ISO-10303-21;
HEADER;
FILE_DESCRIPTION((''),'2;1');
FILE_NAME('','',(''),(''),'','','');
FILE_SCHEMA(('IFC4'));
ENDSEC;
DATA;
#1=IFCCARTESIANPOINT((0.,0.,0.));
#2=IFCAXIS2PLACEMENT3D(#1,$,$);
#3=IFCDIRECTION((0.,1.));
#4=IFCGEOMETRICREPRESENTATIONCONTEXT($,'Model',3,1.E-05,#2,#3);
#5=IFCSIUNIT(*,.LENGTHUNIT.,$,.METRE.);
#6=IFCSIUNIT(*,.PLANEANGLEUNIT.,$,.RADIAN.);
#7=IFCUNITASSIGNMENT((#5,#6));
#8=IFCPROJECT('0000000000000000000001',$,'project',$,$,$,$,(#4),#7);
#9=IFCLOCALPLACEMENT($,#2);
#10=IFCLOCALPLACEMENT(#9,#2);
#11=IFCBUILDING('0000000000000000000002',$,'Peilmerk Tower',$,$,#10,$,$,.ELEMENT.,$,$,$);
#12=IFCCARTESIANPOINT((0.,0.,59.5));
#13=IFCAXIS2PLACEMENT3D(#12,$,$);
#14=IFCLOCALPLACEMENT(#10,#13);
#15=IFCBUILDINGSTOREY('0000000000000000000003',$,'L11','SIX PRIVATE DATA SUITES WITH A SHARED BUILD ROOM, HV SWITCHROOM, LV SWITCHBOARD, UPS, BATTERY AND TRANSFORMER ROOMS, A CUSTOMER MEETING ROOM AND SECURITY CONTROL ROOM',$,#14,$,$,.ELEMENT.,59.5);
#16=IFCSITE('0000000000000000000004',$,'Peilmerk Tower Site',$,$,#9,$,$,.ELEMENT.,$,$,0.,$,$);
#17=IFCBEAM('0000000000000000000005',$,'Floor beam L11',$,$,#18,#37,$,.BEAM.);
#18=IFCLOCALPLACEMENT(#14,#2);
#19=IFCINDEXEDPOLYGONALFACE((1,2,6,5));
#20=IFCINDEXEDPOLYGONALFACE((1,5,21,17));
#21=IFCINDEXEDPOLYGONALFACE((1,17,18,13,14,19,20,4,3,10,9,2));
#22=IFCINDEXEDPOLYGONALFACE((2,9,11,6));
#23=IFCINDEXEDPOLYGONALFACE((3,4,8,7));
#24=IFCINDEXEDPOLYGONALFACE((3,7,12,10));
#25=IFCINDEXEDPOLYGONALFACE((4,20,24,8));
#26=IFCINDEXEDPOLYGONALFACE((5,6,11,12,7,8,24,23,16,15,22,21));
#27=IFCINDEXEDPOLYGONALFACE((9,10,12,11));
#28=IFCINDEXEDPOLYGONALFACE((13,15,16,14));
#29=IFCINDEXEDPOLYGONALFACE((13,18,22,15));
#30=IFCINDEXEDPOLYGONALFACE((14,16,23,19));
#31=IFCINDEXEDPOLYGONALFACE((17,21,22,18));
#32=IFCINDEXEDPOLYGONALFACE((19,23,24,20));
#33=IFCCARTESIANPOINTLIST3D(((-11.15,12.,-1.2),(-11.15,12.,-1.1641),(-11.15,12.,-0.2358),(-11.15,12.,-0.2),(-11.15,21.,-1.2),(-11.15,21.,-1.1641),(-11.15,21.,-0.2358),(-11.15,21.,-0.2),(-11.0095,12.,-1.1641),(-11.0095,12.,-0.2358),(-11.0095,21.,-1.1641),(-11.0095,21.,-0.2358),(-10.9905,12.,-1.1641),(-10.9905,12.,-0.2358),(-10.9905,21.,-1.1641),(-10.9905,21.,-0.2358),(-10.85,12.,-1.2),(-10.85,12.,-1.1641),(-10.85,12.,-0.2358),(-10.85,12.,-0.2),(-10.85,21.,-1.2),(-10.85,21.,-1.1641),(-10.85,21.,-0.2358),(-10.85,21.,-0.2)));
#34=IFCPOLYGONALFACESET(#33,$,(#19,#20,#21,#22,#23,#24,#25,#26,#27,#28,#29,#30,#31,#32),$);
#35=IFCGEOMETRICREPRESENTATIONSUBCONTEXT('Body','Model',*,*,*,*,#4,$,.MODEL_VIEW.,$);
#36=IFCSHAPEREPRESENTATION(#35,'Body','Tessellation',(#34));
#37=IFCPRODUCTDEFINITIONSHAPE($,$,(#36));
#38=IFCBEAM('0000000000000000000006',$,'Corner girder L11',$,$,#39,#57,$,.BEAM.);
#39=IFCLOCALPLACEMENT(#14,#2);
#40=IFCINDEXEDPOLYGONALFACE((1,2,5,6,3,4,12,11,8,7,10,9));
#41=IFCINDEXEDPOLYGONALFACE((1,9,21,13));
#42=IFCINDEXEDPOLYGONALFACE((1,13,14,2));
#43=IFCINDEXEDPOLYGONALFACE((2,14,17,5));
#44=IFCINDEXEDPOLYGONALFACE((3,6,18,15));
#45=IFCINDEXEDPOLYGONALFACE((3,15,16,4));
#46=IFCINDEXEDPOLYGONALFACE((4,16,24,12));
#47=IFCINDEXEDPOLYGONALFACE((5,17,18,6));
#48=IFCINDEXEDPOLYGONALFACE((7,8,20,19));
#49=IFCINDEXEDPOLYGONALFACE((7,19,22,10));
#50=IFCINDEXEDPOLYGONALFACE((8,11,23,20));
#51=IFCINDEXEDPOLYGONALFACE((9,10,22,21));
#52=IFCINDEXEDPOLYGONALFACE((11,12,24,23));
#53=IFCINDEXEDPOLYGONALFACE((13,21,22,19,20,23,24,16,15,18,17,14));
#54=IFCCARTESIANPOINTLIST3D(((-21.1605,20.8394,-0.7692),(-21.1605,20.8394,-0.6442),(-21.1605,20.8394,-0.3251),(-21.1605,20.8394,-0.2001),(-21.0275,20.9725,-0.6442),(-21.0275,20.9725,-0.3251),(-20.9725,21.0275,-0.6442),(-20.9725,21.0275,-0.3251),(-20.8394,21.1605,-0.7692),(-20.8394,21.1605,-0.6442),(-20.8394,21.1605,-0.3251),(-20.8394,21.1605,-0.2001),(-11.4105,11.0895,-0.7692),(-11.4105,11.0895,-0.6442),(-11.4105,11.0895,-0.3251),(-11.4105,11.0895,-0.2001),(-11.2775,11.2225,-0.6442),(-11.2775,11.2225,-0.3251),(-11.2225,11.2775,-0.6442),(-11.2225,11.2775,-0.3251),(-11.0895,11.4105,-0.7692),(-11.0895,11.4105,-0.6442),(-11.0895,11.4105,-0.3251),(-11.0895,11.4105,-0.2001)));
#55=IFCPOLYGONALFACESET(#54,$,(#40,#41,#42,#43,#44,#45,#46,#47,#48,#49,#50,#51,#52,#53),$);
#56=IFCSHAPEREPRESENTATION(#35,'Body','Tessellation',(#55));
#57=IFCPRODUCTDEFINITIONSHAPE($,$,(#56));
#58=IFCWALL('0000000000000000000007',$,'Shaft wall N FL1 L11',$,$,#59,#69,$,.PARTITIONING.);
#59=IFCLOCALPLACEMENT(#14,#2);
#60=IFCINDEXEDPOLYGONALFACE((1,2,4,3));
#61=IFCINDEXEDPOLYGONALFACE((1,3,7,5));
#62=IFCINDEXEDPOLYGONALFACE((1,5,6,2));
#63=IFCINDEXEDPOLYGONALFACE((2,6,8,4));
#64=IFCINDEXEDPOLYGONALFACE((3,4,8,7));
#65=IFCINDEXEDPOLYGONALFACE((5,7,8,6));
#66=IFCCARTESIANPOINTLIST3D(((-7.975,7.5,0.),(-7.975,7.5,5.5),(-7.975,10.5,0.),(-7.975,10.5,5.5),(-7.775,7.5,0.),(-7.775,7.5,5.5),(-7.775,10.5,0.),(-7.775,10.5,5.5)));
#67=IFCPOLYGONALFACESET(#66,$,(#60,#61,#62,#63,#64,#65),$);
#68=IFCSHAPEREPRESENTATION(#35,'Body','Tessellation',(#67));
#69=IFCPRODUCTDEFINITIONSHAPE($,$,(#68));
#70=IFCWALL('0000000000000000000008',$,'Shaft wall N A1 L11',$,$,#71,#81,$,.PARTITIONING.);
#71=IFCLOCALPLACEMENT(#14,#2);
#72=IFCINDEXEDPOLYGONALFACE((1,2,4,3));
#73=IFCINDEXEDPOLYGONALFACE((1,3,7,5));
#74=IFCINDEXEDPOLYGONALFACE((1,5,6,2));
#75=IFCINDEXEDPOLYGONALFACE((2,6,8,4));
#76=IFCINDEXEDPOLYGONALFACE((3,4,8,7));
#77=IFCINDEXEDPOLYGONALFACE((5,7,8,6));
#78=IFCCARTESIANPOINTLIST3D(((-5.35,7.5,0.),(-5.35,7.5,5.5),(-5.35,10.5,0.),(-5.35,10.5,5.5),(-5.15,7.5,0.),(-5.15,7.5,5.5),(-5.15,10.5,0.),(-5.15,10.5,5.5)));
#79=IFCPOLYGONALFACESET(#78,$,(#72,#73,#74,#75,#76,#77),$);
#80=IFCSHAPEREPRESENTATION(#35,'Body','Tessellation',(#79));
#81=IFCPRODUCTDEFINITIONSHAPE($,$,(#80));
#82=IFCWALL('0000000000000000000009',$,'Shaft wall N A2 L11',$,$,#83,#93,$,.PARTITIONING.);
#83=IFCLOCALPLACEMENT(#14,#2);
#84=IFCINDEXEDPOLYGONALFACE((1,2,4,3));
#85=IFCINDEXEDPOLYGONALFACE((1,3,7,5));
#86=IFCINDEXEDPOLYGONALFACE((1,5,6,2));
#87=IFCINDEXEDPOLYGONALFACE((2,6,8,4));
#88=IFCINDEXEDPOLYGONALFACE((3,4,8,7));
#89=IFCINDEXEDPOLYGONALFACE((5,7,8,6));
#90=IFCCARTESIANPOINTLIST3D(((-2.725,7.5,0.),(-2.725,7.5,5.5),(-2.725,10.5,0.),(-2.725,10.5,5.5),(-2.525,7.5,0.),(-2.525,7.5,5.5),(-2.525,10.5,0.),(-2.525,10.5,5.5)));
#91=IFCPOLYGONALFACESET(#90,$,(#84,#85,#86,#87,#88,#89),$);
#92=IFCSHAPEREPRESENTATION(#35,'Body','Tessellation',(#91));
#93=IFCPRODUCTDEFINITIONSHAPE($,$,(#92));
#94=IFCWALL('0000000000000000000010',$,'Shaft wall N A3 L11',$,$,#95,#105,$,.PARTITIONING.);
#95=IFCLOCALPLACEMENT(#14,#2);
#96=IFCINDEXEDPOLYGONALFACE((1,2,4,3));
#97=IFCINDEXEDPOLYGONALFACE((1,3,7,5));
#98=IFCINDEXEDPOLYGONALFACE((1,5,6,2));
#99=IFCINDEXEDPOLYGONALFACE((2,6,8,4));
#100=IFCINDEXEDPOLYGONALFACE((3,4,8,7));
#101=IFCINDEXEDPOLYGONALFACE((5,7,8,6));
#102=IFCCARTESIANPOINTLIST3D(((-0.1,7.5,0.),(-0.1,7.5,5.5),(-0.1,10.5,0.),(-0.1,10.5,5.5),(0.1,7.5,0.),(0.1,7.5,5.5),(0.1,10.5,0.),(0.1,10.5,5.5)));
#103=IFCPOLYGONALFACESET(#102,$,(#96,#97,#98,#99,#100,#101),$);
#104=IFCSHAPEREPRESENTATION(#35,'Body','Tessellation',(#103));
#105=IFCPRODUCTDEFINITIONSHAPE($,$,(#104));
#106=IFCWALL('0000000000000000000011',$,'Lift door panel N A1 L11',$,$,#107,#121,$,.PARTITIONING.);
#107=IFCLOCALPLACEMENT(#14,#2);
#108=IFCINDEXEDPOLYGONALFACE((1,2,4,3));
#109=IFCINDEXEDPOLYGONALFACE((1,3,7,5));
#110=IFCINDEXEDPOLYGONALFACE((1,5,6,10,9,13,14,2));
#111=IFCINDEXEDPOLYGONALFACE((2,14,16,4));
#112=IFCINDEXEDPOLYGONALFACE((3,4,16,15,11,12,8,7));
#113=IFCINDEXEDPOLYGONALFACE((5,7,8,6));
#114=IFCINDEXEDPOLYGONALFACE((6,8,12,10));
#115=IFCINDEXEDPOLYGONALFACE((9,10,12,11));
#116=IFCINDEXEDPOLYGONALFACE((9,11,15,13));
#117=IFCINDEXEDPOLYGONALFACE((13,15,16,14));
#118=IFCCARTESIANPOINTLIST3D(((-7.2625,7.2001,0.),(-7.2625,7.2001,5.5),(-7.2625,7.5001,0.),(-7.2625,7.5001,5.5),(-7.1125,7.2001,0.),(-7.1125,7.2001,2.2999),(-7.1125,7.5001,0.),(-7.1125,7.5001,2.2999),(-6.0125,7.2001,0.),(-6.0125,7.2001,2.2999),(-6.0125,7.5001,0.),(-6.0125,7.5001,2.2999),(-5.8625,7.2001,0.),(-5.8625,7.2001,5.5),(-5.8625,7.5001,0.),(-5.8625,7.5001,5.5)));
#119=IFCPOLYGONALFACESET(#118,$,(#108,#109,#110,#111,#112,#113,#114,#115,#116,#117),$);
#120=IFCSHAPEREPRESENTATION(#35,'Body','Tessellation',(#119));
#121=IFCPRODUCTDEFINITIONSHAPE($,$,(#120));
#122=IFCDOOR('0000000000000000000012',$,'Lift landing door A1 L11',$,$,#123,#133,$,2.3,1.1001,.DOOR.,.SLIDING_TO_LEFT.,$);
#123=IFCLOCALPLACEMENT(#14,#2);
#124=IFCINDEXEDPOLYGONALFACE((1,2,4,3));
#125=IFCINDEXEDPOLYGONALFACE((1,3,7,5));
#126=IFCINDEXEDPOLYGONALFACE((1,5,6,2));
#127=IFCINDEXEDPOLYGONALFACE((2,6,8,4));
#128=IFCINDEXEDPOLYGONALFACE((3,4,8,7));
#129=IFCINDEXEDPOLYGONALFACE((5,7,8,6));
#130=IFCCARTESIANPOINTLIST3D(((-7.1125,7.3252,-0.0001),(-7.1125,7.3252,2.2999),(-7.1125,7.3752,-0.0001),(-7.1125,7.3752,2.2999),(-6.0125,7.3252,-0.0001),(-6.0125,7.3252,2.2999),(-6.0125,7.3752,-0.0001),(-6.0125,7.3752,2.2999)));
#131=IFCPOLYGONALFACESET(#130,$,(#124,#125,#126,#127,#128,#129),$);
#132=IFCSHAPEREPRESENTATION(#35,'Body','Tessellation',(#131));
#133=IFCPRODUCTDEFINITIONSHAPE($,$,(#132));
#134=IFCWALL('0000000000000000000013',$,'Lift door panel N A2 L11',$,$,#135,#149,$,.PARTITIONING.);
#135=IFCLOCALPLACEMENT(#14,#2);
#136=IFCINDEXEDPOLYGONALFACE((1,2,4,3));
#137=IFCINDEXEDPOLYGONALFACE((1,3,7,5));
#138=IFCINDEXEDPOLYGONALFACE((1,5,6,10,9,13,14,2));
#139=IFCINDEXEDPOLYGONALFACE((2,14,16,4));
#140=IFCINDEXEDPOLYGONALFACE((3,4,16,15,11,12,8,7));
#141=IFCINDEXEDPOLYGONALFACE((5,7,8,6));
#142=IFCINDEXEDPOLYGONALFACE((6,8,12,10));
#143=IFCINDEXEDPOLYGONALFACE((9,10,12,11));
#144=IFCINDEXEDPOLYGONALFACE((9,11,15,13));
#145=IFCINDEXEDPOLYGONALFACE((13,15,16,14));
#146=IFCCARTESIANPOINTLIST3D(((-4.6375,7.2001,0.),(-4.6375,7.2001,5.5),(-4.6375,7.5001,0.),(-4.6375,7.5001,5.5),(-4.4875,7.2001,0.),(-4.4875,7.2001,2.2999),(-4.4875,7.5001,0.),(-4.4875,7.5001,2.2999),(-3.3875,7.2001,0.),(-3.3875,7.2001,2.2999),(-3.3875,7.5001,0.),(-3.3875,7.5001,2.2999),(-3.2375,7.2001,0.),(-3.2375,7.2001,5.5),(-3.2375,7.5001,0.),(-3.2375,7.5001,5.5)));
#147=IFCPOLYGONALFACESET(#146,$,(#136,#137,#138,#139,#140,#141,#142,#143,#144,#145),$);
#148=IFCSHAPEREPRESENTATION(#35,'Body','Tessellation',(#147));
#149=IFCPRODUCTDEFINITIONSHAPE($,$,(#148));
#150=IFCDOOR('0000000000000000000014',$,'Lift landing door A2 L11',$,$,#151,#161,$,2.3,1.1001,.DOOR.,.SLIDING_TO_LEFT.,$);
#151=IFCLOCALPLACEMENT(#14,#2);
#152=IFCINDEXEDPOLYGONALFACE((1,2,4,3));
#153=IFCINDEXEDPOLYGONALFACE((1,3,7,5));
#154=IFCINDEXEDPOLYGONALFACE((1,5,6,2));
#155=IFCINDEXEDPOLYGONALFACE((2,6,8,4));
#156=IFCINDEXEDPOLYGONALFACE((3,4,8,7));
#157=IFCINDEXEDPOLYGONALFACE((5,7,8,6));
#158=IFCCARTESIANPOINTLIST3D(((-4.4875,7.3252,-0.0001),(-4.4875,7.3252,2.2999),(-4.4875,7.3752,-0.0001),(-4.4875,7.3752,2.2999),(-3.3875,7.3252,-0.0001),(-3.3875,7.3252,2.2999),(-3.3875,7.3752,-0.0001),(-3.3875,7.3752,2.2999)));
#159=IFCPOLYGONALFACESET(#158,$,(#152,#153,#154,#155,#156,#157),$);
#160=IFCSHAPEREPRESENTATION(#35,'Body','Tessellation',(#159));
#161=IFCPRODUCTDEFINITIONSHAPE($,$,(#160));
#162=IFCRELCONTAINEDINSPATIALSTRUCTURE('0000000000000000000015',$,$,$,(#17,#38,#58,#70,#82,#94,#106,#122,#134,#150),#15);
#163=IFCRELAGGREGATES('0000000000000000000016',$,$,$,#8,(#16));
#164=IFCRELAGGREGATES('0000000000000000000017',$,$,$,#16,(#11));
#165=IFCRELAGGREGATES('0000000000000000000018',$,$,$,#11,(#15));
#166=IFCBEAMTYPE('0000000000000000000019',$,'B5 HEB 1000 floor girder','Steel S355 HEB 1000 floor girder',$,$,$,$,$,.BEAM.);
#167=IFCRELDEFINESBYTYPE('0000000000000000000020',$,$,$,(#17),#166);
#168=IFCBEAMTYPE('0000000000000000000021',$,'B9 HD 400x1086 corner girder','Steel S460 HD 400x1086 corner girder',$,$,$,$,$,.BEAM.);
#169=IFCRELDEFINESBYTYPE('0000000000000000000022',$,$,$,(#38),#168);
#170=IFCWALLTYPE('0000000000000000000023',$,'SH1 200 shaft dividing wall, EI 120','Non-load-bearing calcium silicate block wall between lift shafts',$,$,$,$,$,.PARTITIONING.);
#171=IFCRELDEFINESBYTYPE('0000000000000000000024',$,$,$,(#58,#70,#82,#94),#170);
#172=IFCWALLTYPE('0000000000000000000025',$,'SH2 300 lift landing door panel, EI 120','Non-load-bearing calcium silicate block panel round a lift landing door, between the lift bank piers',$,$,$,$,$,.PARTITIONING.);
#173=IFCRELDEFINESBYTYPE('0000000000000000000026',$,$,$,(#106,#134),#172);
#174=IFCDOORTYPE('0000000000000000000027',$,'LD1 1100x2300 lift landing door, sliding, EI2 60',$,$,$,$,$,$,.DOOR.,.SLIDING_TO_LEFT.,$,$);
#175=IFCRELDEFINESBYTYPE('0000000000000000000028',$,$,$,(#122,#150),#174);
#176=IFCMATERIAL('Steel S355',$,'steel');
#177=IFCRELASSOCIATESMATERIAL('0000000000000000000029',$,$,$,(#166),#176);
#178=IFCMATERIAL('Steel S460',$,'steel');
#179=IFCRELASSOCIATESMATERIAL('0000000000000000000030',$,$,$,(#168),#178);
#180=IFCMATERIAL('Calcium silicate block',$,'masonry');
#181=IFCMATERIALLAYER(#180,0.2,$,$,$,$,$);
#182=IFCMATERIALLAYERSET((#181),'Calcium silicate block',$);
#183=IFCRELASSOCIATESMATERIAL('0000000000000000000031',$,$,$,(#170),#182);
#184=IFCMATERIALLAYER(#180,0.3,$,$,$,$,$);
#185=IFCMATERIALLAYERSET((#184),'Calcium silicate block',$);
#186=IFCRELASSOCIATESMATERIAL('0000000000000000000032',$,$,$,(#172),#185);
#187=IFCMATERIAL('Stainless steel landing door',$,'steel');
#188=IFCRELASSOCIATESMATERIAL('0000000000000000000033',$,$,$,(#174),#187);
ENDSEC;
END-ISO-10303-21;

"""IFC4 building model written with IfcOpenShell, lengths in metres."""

from ifc_helpers import new_model, si_unit, direction, frame, frame_2d, origin, origin_2d, place, context, subcontext, project, spatial, rectangle, i_section, extrude, material, layer, layer_set, material_profile, profile_set, type_object, element, fill, save


model = new_model("IFC4")

# Units and contexts
model_context = context("Model", 3, precision=1e-05, world=origin(), true_north=direction((0.0, 1.0)))
body_context = subcontext(model_context, "Body", "Model", "MODEL_VIEW")
ifc_project = project(units=[si_unit("LENGTHUNIT", "METRE"), si_unit("PLANEANGLEUNIT", "RADIAN")], contexts=[model_context])

# Site, building, storey
site_placement = place(None, origin())
site = spatial("IfcSite", under=ifc_project, at=site_placement, Name="Peilmerk Tower Site", CompositionType="ELEMENT", RefElevation=0.0)
building_placement = place(site_placement, origin())
building = spatial("IfcBuilding", under=site, at=building_placement, Name="Peilmerk Tower", CompositionType="ELEMENT")
storey_placement = place(building_placement, frame((0.0, 0.0, 59.5)))
storey = spatial("IfcBuildingStorey", under=building, at=storey_placement, Name="L11", Description="SIX PRIVATE DATA SUITES WITH A SHARED BUILD ROOM, HV SWITCHROOM, LV SWITCHBOARD, UPS, BATTERY AND TRANSFORMER ROOMS, A CUSTOMER MEETING ROOM AND SECURITY CONTROL ROOM", CompositionType="ELEMENT", Elevation=59.5)

# Beams
ifc_material_1 = material(Name="Steel S355", Category="steel")
ifc_material_profile_1 = material_profile(ifc_material_1, i_section(OverallWidth=0.3, OverallDepth=1.0, WebThickness=0.019, FlangeThickness=0.0359, at=origin_2d()), Name="HEB 1000")
ifc_profile_set_1 = profile_set([ifc_material_profile_1], Name="Steel S355")
beam_type_1 = type_object("IfcBeamType", Name="B5 HEB 1000 floor girder", Description="Steel S355 HEB 1000 floor girder", PredefinedType="BEAM", material=ifc_profile_set_1)
beam_1_placement = place(storey_placement, frame((-11.0, 12.0, -0.7), z_axis=(0.0, 1.0, 0.0), x_axis=(-1.0, 0.0, 0.0)))
element("IfcBeam", 1, at=beam_1_placement, inside=storey, type_object=beam_type_1, Name="Floor beam L11", PredefinedType="BEAM", context=body_context, shape_type="SweptSolid", body=[
    extrude(i_section(OverallWidth=0.3, OverallDepth=1.0, WebThickness=0.019, FlangeThickness=0.0359, at=origin_2d()), origin(), (0.0, 0.0, 1.0), 9.0),
])
ifc_material_2 = material(Name="Steel S460", Category="steel")
ifc_material_profile_2 = material_profile(ifc_material_2, i_section(OverallWidth=0.4541, OverallDepth=0.5691, WebThickness=0.0779, FlangeThickness=0.125, at=origin_2d()), Name="HD 400x1086")
ifc_profile_set_2 = profile_set([ifc_material_profile_2], Name="Steel S460")
beam_type_2 = type_object("IfcBeamType", Name="B9 HD 400x1086 corner girder", Description="Steel S460 HD 400x1086 corner girder", PredefinedType="BEAM", material=ifc_profile_set_2)
beam_2_placement = place(storey_placement, frame((-11.25, 11.25, -0.4846), z_axis=(-0.707107, 0.707107, 0.0), x_axis=(-0.707107, -0.707107, 0.0)))
element("IfcBeam", 2, at=beam_2_placement, inside=storey, type_object=beam_type_2, Name="Corner girder L11", PredefinedType="BEAM", context=body_context, shape_type="SweptSolid", body=[
    extrude(i_section(OverallWidth=0.4541, OverallDepth=0.5691, WebThickness=0.0779, FlangeThickness=0.125, at=origin_2d()), origin(), (0.0, 0.0, 1.0), 13.7886),
])

# Walls
ifc_material_3 = material(Name="Calcium silicate block", Category="masonry")
ifc_layer_1 = layer(ifc_material_3, 0.2)
ifc_layer_set_1 = layer_set([ifc_layer_1], Name="Calcium silicate block")
wall_type_1 = type_object("IfcWallType", Name="SH1 200 shaft dividing wall, EI 120", Description="Non-load-bearing calcium silicate block wall between lift shafts", PredefinedType="PARTITIONING", material=ifc_layer_set_1)
for number, where, z_axis, x_axis, name in (
    (3, (-7.875, 7.5, 0.0), (0.0, 0.0, 1.0), (0.0, 1.0, 0.0), "Shaft wall N FL1 L11"),
    (4, (-5.25, 7.5, 0.0), (0.0, 0.0, 1.0), (0.0, 1.0, 0.0), "Shaft wall N A1 L11"),
    (5, (-2.625, 7.5, 0.0), (0.0, 0.0, 1.0), (0.0, 1.0, 0.0), "Shaft wall N A2 L11"),
    (6, (0.0, 7.5, 0.0), (0.0, 0.0, 1.0), (0.0, 1.0, 0.0), "Shaft wall N A3 L11"),
):
    element("IfcWall", number, at=place(storey_placement, frame(where, z_axis=z_axis, x_axis=x_axis)), inside=storey, type_object=wall_type_1, Name=name, PredefinedType="PARTITIONING", context=body_context, shape_type="SweptSolid", body=[
        extrude(rectangle(XDim=3.0, YDim=0.2, at=frame_2d((1.5, 0.0))), origin(), (0.0, 0.0, 1.0), 5.5),
    ])

# Walls, openings, doors
ifc_layer_2 = layer(ifc_material_3, 0.3)
ifc_layer_set_2 = layer_set([ifc_layer_2], Name="Calcium silicate block")
wall_type_2 = type_object("IfcWallType", Name="SH2 300 lift landing door panel, EI 120", Description="Non-load-bearing calcium silicate block panel round a lift landing door, between the lift bank piers", PredefinedType="PARTITIONING", material=ifc_layer_set_2)
wall_1_placement = place(storey_placement, frame((-7.2625, 7.3501, 0.0), z_axis=(0.0, 0.0, 1.0), x_axis=(1.0, 0.0, 0.0)))
wall_1 = element("IfcWall", 7, at=wall_1_placement, inside=storey, type_object=wall_type_2, Name="Lift door panel N A1 L11", PredefinedType="PARTITIONING", context=body_context, shape_type="SweptSolid", body=[
    extrude(rectangle(XDim=1.3999, YDim=0.3, at=frame_2d((0.7, 0.0))), origin(), (0.0, 0.0, 1.0), 5.5),
])
opening_1_placement = place(wall_1_placement, frame((0.1499, 0.0, 0.0)))
opening_1 = element("IfcOpeningElement", 8, at=opening_1_placement, cuts=wall_1, PredefinedType="OPENING", context=body_context, shape_type="SweptSolid", body=[
    extrude(rectangle(XDim=1.1001, YDim=2.3, at=frame_2d((0.55, 1.1499))), frame((0.0, 0.1599, 0.0), z_axis=(0.0, -1.0, 0.0), x_axis=(1.0, 0.0, 0.0)), (0.0, 0.0, 1.0), 0.3201),
])
ifc_material_4 = material(Name="Stainless steel landing door", Category="steel")
door_type = type_object("IfcDoorType", Name="LD1 1100x2300 lift landing door, sliding, EI2 60", OperationType="SLIDING_TO_LEFT", PredefinedType="DOOR", material=ifc_material_4)
door_1_placement = place(opening_1_placement, frame((1.1001, 0.0, 0.0), z_axis=(0.0, 0.0, 1.0), x_axis=(-1.0, 0.0, 0.0)))
door_1 = element("IfcDoor", 9, at=door_1_placement, inside=storey, type_object=door_type, Name="Lift landing door A1 L11", OperationType="SLIDING_TO_LEFT", OverallHeight=2.3, OverallWidth=1.1001, PredefinedType="DOOR", context=body_context, shape_type="SweptSolid", body=[
    extrude(rectangle(XDim=1.1001, YDim=2.3, at=frame_2d((0.55, 1.1499))), frame((0.0, 0.0249, 0.0), z_axis=(0.0, -1.0, 0.0), x_axis=(1.0, 0.0, 0.0)), (0.0, 0.0, 1.0), 0.05),
])
fill(opening_1, door_1)
wall_2_placement = place(storey_placement, frame((-4.6375, 7.3501, 0.0), z_axis=(0.0, 0.0, 1.0), x_axis=(1.0, 0.0, 0.0)))
wall_2 = element("IfcWall", 10, at=wall_2_placement, inside=storey, type_object=wall_type_2, Name="Lift door panel N A2 L11", PredefinedType="PARTITIONING", context=body_context, shape_type="SweptSolid", body=[
    extrude(rectangle(XDim=1.3999, YDim=0.3, at=frame_2d((0.7, 0.0))), origin(), (0.0, 0.0, 1.0), 5.5),
])
opening_2_placement = place(wall_2_placement, frame((0.1499, 0.0, 0.0)))
opening_2 = element("IfcOpeningElement", 11, at=opening_2_placement, cuts=wall_2, PredefinedType="OPENING", context=body_context, shape_type="SweptSolid", body=[
    extrude(rectangle(XDim=1.1001, YDim=2.3, at=frame_2d((0.55, 1.1499))), frame((0.0, 0.1599, 0.0), z_axis=(0.0, -1.0, 0.0), x_axis=(1.0, 0.0, 0.0)), (0.0, 0.0, 1.0), 0.3201),
])
door_2_placement = place(opening_2_placement, frame((1.1001, 0.0, 0.0), z_axis=(0.0, 0.0, 1.0), x_axis=(-1.0, 0.0, 0.0)))
door_2 = element("IfcDoor", 12, at=door_2_placement, inside=storey, type_object=door_type, Name="Lift landing door A2 L11", OperationType="SLIDING_TO_LEFT", OverallHeight=2.3, OverallWidth=1.1001, PredefinedType="DOOR", context=body_context, shape_type="SweptSolid", body=[
    extrude(rectangle(XDim=1.1001, YDim=2.3, at=frame_2d((0.55, 1.1499))), frame((0.0, 0.0249, 0.0), z_axis=(0.0, -1.0, 0.0), x_axis=(1.0, 0.0, 0.0)), (0.0, 0.0, 1.0), 0.05),
])
fill(opening_2, door_2)

save(model, "model.ifc")
